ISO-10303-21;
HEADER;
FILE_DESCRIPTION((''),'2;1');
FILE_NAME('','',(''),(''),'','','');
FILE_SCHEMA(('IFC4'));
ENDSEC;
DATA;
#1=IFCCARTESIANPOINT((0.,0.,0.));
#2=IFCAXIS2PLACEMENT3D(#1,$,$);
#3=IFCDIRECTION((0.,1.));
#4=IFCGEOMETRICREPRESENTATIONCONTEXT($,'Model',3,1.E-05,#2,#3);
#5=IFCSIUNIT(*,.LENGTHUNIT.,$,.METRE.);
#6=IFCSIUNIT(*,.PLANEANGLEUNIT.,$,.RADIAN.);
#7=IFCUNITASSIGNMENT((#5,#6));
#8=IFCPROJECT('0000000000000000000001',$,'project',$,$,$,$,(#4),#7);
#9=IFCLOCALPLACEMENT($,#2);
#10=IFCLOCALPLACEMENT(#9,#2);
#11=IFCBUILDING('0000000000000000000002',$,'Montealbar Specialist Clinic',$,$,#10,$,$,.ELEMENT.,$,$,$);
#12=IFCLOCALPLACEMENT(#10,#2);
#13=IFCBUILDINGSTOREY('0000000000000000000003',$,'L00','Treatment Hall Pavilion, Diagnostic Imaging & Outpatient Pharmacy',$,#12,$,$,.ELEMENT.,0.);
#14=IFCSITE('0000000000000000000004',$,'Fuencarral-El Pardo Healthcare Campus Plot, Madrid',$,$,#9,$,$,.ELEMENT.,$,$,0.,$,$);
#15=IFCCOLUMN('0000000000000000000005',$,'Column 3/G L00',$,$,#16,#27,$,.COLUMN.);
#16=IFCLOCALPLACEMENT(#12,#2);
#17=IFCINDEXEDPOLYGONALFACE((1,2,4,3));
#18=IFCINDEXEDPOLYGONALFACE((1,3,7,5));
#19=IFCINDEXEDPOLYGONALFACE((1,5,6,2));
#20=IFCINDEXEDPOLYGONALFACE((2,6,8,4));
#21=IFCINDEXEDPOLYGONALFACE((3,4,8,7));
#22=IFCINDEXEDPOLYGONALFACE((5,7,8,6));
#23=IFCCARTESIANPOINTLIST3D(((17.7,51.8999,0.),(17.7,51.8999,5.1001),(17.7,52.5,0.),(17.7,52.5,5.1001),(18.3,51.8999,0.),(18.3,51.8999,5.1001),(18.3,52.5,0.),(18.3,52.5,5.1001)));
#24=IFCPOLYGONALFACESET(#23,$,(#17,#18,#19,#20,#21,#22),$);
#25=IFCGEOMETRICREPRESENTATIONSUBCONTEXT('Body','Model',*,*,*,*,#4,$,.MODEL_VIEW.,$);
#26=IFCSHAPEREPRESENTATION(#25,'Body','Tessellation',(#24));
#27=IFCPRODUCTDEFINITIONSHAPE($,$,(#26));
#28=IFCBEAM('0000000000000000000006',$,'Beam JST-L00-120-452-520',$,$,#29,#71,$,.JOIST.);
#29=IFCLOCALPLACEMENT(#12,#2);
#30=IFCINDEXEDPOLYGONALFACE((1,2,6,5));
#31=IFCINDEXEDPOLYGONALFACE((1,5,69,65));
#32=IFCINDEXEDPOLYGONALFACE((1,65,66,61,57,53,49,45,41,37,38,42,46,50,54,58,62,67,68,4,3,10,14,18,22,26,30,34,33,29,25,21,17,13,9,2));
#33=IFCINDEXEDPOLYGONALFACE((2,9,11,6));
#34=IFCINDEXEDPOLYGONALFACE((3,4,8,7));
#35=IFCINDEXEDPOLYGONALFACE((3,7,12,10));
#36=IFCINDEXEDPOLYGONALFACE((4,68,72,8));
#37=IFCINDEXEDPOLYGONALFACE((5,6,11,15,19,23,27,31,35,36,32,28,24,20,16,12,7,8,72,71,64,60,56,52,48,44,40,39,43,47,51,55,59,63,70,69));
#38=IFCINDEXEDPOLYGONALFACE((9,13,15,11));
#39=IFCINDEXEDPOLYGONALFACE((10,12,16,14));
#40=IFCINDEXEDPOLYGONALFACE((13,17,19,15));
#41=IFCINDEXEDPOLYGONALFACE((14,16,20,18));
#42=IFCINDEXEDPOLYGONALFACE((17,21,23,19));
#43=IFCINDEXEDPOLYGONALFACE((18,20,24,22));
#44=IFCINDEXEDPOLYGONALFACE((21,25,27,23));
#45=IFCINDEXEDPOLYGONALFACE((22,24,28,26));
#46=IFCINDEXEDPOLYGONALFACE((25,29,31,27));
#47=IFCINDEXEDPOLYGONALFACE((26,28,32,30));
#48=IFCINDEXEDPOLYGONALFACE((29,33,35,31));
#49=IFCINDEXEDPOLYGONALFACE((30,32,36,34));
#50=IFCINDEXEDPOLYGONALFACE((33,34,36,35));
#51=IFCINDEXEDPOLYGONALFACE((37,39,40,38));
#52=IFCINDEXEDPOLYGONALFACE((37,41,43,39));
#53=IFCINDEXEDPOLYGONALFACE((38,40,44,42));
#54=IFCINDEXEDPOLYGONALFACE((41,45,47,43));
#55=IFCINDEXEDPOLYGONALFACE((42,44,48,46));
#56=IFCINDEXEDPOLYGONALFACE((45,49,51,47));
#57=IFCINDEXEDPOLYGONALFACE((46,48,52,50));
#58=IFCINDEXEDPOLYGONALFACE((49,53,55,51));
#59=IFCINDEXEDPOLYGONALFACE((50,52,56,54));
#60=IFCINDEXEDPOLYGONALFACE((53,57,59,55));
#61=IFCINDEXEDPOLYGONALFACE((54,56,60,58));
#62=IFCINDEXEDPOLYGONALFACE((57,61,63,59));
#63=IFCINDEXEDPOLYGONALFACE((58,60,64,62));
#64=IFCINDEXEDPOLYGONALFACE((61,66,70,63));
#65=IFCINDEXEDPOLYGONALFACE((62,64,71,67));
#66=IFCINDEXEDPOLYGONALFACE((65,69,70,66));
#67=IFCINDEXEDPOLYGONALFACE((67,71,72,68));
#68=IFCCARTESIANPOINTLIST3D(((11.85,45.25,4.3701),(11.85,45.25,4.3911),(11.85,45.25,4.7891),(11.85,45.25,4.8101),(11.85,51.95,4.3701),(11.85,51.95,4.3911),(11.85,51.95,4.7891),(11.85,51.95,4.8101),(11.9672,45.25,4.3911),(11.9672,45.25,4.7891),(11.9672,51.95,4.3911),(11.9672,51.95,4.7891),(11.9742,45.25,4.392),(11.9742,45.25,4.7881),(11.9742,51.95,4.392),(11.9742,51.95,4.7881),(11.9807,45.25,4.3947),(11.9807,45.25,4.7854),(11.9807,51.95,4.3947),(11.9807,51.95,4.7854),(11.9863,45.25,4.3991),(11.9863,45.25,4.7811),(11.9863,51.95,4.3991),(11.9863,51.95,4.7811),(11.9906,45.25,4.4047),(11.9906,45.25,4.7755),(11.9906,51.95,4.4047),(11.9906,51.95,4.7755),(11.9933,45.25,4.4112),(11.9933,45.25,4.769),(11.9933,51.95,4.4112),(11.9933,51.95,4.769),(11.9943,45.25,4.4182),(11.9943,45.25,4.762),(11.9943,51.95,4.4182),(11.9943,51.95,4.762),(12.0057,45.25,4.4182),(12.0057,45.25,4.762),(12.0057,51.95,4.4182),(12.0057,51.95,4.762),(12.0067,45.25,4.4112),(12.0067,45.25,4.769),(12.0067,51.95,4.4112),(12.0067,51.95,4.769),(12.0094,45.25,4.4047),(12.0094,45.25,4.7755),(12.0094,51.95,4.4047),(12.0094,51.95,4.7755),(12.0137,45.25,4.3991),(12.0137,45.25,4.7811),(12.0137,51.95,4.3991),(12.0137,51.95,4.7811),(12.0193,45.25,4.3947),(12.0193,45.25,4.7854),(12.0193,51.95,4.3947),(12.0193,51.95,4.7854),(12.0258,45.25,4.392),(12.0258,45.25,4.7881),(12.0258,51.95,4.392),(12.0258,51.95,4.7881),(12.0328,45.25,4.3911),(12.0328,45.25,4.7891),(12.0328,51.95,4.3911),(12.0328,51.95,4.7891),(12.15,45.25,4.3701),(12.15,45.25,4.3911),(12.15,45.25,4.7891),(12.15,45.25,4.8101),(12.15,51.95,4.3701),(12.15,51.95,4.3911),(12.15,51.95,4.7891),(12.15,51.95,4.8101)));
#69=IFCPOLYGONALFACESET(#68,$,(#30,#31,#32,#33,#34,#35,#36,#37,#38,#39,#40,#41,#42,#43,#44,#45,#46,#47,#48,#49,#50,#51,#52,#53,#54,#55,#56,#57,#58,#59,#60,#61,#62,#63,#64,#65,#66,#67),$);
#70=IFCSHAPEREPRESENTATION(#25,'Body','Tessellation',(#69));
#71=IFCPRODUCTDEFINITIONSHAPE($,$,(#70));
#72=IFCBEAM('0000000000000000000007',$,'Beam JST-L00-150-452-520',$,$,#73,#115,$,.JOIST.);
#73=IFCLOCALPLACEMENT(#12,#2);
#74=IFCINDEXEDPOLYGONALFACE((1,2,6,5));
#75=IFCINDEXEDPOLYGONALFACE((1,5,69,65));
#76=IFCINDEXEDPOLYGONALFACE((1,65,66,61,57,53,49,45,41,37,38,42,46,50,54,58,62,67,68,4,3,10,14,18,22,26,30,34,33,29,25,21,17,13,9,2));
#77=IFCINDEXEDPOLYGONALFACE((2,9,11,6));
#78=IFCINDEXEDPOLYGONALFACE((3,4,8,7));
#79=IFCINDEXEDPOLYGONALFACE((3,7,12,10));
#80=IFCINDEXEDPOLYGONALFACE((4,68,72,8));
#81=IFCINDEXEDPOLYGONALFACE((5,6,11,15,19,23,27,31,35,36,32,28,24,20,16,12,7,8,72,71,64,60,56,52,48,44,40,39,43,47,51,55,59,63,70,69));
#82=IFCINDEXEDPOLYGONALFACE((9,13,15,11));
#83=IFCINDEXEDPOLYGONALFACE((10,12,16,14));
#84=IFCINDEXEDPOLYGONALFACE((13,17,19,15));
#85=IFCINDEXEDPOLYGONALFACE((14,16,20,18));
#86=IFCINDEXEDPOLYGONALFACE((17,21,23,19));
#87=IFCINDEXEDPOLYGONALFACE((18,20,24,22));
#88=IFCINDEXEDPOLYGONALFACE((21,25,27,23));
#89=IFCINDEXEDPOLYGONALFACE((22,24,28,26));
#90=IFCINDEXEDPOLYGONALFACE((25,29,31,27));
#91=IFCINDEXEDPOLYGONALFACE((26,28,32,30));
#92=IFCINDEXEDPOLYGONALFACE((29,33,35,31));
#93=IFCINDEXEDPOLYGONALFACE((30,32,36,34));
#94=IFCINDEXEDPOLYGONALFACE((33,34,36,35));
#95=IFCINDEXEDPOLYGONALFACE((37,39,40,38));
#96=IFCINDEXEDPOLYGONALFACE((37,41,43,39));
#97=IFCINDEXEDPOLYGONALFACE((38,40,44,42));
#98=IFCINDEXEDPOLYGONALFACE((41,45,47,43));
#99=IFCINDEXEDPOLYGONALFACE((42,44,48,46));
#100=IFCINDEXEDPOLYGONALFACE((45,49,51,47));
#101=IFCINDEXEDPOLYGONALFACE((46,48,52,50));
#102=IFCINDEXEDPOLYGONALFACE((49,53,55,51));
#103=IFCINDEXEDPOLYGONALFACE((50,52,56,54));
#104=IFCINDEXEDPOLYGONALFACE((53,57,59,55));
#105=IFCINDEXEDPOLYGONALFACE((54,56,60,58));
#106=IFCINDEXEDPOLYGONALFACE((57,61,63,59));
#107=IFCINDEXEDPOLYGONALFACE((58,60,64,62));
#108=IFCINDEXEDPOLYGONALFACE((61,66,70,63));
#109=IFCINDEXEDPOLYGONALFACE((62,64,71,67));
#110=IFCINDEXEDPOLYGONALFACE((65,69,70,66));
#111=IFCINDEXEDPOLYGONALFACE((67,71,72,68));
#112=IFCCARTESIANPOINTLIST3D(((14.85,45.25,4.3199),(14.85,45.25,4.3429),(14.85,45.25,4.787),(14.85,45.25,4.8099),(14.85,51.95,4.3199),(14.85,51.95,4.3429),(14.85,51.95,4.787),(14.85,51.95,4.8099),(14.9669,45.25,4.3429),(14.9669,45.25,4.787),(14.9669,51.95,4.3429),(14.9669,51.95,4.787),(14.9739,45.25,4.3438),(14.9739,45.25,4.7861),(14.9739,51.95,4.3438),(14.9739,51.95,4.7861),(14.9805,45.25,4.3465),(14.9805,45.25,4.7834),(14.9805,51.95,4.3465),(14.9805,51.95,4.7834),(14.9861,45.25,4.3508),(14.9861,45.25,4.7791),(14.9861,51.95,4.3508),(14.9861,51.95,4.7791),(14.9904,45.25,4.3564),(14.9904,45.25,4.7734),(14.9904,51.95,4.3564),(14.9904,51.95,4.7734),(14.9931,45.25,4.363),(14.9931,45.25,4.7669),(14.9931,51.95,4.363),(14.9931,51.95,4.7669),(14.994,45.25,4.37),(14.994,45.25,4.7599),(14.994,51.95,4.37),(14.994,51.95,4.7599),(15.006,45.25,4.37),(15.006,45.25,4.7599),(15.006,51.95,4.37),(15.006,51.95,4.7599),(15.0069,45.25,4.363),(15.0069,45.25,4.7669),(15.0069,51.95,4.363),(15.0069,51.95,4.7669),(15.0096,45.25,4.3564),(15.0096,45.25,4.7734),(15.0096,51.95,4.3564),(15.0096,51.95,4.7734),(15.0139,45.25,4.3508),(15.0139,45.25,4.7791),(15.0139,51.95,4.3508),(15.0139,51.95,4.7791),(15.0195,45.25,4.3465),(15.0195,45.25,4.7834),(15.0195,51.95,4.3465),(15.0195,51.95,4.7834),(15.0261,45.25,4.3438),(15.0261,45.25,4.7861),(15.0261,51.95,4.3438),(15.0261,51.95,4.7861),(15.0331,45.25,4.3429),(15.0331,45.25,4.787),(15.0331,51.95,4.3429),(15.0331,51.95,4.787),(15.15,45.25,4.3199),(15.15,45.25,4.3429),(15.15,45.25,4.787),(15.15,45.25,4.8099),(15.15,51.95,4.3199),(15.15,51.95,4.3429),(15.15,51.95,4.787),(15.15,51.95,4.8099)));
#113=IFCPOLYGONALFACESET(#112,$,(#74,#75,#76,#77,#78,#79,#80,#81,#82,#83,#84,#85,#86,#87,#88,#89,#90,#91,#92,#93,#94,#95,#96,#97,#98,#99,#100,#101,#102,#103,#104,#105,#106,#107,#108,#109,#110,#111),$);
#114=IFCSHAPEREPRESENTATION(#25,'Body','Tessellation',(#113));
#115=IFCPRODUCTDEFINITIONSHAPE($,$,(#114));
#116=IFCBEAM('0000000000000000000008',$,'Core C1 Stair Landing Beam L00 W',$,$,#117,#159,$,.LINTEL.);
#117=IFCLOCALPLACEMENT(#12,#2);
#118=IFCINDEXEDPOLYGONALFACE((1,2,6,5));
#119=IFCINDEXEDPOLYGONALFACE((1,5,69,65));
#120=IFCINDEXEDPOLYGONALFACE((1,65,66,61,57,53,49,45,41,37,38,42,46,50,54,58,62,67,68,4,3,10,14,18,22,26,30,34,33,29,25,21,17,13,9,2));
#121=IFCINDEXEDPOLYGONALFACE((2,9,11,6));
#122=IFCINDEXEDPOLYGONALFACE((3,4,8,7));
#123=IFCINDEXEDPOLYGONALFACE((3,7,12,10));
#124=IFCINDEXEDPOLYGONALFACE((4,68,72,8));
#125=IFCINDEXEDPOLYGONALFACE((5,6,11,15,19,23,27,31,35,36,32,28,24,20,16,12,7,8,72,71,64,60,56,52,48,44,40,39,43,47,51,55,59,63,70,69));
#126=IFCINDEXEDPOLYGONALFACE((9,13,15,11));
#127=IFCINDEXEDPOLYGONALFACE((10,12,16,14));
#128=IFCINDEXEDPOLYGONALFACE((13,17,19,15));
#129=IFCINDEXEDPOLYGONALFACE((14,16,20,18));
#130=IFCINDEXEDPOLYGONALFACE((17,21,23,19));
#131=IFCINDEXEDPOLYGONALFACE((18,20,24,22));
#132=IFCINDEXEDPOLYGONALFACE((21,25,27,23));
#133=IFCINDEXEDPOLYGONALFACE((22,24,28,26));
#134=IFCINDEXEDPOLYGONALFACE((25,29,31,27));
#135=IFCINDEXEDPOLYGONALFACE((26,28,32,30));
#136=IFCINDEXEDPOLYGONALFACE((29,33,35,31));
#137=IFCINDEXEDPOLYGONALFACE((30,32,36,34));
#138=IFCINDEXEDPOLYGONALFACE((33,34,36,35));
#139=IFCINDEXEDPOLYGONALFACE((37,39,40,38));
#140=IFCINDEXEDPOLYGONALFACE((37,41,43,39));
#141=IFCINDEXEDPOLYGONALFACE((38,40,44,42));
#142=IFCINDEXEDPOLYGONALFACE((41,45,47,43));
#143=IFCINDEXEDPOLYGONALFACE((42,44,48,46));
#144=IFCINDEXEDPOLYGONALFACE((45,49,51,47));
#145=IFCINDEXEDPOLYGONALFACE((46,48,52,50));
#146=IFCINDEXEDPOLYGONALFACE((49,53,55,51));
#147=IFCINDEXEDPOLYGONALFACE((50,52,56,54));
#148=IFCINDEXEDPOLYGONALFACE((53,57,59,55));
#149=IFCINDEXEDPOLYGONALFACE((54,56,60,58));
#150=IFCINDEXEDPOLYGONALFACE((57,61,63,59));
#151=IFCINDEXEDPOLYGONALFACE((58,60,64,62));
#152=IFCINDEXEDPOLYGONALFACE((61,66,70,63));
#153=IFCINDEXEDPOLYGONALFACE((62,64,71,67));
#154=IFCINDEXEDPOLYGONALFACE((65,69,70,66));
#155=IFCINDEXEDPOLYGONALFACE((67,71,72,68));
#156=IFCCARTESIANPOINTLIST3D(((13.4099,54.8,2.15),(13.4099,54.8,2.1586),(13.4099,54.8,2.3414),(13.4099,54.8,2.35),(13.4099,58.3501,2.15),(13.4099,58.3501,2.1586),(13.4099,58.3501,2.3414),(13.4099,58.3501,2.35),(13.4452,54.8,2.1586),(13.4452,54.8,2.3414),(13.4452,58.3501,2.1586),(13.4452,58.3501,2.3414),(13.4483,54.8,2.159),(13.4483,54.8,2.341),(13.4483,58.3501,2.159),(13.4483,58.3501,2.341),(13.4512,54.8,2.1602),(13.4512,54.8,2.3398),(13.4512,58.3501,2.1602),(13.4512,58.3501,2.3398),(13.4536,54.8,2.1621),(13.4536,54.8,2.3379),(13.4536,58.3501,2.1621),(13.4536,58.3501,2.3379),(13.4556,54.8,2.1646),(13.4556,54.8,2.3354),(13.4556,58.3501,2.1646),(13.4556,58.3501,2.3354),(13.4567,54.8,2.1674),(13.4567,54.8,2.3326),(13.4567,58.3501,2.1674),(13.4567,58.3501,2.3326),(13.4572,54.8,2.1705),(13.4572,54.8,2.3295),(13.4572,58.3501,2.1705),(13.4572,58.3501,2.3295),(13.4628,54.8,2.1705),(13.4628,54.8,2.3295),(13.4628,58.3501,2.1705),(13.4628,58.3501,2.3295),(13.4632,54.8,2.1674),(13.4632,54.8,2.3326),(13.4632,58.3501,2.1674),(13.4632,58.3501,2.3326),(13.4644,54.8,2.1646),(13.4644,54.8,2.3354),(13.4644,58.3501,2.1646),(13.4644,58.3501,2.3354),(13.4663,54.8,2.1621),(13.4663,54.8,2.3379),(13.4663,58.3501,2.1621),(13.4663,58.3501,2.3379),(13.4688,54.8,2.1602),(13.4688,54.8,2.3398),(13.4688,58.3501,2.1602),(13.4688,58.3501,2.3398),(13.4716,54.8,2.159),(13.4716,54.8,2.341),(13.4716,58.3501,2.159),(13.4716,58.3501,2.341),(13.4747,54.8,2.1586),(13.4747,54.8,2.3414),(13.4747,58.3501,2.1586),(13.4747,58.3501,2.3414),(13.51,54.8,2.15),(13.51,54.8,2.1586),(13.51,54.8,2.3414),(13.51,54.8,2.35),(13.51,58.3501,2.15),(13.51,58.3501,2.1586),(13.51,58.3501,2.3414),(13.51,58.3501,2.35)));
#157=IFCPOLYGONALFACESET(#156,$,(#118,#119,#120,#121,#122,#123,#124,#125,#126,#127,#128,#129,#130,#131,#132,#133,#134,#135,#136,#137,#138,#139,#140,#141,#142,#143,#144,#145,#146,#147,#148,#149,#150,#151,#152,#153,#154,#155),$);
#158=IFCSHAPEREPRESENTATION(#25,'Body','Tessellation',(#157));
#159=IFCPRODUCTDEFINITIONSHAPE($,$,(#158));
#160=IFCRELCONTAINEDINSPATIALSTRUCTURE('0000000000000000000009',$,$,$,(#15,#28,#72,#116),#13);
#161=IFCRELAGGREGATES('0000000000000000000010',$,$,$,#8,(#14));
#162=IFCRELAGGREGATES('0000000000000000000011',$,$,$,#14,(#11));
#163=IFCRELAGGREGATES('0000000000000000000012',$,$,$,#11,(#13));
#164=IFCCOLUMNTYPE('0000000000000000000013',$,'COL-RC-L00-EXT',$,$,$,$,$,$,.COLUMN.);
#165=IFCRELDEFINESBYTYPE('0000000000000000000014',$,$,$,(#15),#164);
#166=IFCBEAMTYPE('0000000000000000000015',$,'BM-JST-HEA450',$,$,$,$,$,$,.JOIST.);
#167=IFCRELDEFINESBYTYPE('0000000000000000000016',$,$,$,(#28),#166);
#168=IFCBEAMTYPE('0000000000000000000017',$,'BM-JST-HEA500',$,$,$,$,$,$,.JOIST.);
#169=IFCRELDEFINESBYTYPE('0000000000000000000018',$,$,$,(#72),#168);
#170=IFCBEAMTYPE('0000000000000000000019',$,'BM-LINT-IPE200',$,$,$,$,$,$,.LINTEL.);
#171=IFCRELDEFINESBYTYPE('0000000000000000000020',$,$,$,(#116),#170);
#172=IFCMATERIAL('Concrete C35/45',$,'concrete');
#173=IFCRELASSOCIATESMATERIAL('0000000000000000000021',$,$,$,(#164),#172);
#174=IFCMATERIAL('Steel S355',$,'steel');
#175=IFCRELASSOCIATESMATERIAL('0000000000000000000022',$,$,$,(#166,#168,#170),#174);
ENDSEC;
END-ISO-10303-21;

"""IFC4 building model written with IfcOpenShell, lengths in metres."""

from ifc_helpers import new_model, si_unit, direction, frame, origin, origin_2d, place, context, subcontext, project, spatial, rectangle, i_section, extrude, material, material_profile, profile_set, type_object, element, save


model = new_model("IFC4")

# Units and contexts
model_context = context("Model", 3, precision=1e-05, world=origin(), true_north=direction((0.0, 1.0)))
body_context = subcontext(model_context, "Body", "Model", "MODEL_VIEW")
ifc_project = project(units=[si_unit("LENGTHUNIT", "METRE"), si_unit("PLANEANGLEUNIT", "RADIAN")], contexts=[model_context])

# Site, building, storey
site_placement = place(None, origin())
site = spatial("IfcSite", under=ifc_project, at=site_placement, Name="Fuencarral-El Pardo Healthcare Campus Plot, Madrid", CompositionType="ELEMENT", RefElevation=0.0)
building_placement = place(site_placement, origin())
building = spatial("IfcBuilding", under=site, at=building_placement, Name="Montealbar Specialist Clinic", CompositionType="ELEMENT")
storey_placement = place(building_placement, origin())
storey = spatial("IfcBuildingStorey", under=building, at=storey_placement, Name="L00", Description="Treatment Hall Pavilion, Diagnostic Imaging & Outpatient Pharmacy", CompositionType="ELEMENT", Elevation=0.0)

# Column
ifc_material_1 = material(Name="Concrete C35/45", Category="concrete")
ifc_material_profile_1 = material_profile(ifc_material_1, rectangle(XDim=0.6001, YDim=0.6001, at=origin_2d()), Name="RC 600x600", Category="concrete")
ifc_profile_set_1 = profile_set([ifc_material_profile_1], Name="Concrete C35/45")
column_type = type_object("IfcColumnType", Name="COL-RC-L00-EXT", PredefinedType="COLUMN", material=ifc_profile_set_1)
column_placement = place(storey_placement, frame((18.0, 52.2, 0.0), z_axis=(0.0, 0.0, 1.0), x_axis=(1.0, 0.0, 0.0)))
element("IfcColumn", 1, at=column_placement, inside=storey, type_object=column_type, Name="Column 3/G L00", PredefinedType="COLUMN", context=body_context, shape_type="SweptSolid", body=[
    extrude(rectangle(XDim=0.6001, YDim=0.6001, at=origin_2d()), origin(), (0.0, 0.0, 1.0), 5.1001),
])

# Beams
ifc_material_2 = material(Name="Steel S355", Category="steel")
ifc_material_profile_2 = material_profile(ifc_material_2, i_section(OverallWidth=0.3, OverallDepth=0.4399, WebThickness=0.0115, FlangeThickness=0.021, FilletRadius=0.0271, at=origin_2d()), Name="HEA 450", Category="steel")
ifc_profile_set_2 = profile_set([ifc_material_profile_2], Name="Steel S355")
beam_type_1 = type_object("IfcBeamType", Name="BM-JST-HEA450", PredefinedType="JOIST", material=ifc_profile_set_2)
beam_1_placement = place(storey_placement, frame((12.0, 45.25, 4.5901), z_axis=(0.0, 1.0, 0.0), x_axis=(-1.0, 0.0, 0.0)))
element("IfcBeam", 2, at=beam_1_placement, inside=storey, type_object=beam_type_1, Name="Beam JST-L00-120-452-520", PredefinedType="JOIST", context=body_context, shape_type="SweptSolid", body=[
    extrude(i_section(OverallWidth=0.3, OverallDepth=0.4399, WebThickness=0.0115, FlangeThickness=0.021, FilletRadius=0.0271, at=origin_2d()), origin(), (0.0, 0.0, 1.0), 6.7),
])
ifc_material_profile_3 = material_profile(ifc_material_2, i_section(OverallWidth=0.3, OverallDepth=0.49, WebThickness=0.012, FlangeThickness=0.0229, FilletRadius=0.0271, at=origin_2d()), Name="HEA 500", Category="steel")
ifc_profile_set_3 = profile_set([ifc_material_profile_3], Name="Steel S355")
beam_type_2 = type_object("IfcBeamType", Name="BM-JST-HEA500", PredefinedType="JOIST", material=ifc_profile_set_3)
beam_2_placement = place(storey_placement, frame((15.0, 45.25, 4.5649), z_axis=(0.0, 1.0, 0.0), x_axis=(-1.0, 0.0, 0.0)))
element("IfcBeam", 3, at=beam_2_placement, inside=storey, type_object=beam_type_2, Name="Beam JST-L00-150-452-520", PredefinedType="JOIST", context=body_context, shape_type="SweptSolid", body=[
    extrude(i_section(OverallWidth=0.3, OverallDepth=0.49, WebThickness=0.012, FlangeThickness=0.0229, FilletRadius=0.0271, at=origin_2d()), origin(), (0.0, 0.0, 1.0), 6.7),
])
ifc_material_profile_4 = material_profile(ifc_material_2, i_section(OverallWidth=0.1001, OverallDepth=0.2, WebThickness=0.0056, FlangeThickness=0.0085, FilletRadius=0.012, at=origin_2d()), Name="IPE 200", Category="steel")
ifc_profile_set_4 = profile_set([ifc_material_profile_4], Name="Steel S355")
beam_type_3 = type_object("IfcBeamType", Name="BM-LINT-IPE200", PredefinedType="LINTEL", material=ifc_profile_set_4)
for number, where, z_axis, x_axis, name in (
    (4, (13.46, 54.8, 2.25), (0.0, 1.0, 0.0), (-1.0, 0.0, 0.0), "Core C1 Stair Landing Beam L00 W"),
):
    element("IfcBeam", number, at=place(storey_placement, frame(where, z_axis=z_axis, x_axis=x_axis)), inside=storey, type_object=beam_type_3, Name=name, PredefinedType="LINTEL", context=body_context, shape_type="SweptSolid", body=[
        extrude(i_section(OverallWidth=0.1001, OverallDepth=0.2, WebThickness=0.0056, FlangeThickness=0.0085, FilletRadius=0.012, at=origin_2d()), origin(), (0.0, 0.0, 1.0), 3.55),
    ])

save(model, "model.ifc")
